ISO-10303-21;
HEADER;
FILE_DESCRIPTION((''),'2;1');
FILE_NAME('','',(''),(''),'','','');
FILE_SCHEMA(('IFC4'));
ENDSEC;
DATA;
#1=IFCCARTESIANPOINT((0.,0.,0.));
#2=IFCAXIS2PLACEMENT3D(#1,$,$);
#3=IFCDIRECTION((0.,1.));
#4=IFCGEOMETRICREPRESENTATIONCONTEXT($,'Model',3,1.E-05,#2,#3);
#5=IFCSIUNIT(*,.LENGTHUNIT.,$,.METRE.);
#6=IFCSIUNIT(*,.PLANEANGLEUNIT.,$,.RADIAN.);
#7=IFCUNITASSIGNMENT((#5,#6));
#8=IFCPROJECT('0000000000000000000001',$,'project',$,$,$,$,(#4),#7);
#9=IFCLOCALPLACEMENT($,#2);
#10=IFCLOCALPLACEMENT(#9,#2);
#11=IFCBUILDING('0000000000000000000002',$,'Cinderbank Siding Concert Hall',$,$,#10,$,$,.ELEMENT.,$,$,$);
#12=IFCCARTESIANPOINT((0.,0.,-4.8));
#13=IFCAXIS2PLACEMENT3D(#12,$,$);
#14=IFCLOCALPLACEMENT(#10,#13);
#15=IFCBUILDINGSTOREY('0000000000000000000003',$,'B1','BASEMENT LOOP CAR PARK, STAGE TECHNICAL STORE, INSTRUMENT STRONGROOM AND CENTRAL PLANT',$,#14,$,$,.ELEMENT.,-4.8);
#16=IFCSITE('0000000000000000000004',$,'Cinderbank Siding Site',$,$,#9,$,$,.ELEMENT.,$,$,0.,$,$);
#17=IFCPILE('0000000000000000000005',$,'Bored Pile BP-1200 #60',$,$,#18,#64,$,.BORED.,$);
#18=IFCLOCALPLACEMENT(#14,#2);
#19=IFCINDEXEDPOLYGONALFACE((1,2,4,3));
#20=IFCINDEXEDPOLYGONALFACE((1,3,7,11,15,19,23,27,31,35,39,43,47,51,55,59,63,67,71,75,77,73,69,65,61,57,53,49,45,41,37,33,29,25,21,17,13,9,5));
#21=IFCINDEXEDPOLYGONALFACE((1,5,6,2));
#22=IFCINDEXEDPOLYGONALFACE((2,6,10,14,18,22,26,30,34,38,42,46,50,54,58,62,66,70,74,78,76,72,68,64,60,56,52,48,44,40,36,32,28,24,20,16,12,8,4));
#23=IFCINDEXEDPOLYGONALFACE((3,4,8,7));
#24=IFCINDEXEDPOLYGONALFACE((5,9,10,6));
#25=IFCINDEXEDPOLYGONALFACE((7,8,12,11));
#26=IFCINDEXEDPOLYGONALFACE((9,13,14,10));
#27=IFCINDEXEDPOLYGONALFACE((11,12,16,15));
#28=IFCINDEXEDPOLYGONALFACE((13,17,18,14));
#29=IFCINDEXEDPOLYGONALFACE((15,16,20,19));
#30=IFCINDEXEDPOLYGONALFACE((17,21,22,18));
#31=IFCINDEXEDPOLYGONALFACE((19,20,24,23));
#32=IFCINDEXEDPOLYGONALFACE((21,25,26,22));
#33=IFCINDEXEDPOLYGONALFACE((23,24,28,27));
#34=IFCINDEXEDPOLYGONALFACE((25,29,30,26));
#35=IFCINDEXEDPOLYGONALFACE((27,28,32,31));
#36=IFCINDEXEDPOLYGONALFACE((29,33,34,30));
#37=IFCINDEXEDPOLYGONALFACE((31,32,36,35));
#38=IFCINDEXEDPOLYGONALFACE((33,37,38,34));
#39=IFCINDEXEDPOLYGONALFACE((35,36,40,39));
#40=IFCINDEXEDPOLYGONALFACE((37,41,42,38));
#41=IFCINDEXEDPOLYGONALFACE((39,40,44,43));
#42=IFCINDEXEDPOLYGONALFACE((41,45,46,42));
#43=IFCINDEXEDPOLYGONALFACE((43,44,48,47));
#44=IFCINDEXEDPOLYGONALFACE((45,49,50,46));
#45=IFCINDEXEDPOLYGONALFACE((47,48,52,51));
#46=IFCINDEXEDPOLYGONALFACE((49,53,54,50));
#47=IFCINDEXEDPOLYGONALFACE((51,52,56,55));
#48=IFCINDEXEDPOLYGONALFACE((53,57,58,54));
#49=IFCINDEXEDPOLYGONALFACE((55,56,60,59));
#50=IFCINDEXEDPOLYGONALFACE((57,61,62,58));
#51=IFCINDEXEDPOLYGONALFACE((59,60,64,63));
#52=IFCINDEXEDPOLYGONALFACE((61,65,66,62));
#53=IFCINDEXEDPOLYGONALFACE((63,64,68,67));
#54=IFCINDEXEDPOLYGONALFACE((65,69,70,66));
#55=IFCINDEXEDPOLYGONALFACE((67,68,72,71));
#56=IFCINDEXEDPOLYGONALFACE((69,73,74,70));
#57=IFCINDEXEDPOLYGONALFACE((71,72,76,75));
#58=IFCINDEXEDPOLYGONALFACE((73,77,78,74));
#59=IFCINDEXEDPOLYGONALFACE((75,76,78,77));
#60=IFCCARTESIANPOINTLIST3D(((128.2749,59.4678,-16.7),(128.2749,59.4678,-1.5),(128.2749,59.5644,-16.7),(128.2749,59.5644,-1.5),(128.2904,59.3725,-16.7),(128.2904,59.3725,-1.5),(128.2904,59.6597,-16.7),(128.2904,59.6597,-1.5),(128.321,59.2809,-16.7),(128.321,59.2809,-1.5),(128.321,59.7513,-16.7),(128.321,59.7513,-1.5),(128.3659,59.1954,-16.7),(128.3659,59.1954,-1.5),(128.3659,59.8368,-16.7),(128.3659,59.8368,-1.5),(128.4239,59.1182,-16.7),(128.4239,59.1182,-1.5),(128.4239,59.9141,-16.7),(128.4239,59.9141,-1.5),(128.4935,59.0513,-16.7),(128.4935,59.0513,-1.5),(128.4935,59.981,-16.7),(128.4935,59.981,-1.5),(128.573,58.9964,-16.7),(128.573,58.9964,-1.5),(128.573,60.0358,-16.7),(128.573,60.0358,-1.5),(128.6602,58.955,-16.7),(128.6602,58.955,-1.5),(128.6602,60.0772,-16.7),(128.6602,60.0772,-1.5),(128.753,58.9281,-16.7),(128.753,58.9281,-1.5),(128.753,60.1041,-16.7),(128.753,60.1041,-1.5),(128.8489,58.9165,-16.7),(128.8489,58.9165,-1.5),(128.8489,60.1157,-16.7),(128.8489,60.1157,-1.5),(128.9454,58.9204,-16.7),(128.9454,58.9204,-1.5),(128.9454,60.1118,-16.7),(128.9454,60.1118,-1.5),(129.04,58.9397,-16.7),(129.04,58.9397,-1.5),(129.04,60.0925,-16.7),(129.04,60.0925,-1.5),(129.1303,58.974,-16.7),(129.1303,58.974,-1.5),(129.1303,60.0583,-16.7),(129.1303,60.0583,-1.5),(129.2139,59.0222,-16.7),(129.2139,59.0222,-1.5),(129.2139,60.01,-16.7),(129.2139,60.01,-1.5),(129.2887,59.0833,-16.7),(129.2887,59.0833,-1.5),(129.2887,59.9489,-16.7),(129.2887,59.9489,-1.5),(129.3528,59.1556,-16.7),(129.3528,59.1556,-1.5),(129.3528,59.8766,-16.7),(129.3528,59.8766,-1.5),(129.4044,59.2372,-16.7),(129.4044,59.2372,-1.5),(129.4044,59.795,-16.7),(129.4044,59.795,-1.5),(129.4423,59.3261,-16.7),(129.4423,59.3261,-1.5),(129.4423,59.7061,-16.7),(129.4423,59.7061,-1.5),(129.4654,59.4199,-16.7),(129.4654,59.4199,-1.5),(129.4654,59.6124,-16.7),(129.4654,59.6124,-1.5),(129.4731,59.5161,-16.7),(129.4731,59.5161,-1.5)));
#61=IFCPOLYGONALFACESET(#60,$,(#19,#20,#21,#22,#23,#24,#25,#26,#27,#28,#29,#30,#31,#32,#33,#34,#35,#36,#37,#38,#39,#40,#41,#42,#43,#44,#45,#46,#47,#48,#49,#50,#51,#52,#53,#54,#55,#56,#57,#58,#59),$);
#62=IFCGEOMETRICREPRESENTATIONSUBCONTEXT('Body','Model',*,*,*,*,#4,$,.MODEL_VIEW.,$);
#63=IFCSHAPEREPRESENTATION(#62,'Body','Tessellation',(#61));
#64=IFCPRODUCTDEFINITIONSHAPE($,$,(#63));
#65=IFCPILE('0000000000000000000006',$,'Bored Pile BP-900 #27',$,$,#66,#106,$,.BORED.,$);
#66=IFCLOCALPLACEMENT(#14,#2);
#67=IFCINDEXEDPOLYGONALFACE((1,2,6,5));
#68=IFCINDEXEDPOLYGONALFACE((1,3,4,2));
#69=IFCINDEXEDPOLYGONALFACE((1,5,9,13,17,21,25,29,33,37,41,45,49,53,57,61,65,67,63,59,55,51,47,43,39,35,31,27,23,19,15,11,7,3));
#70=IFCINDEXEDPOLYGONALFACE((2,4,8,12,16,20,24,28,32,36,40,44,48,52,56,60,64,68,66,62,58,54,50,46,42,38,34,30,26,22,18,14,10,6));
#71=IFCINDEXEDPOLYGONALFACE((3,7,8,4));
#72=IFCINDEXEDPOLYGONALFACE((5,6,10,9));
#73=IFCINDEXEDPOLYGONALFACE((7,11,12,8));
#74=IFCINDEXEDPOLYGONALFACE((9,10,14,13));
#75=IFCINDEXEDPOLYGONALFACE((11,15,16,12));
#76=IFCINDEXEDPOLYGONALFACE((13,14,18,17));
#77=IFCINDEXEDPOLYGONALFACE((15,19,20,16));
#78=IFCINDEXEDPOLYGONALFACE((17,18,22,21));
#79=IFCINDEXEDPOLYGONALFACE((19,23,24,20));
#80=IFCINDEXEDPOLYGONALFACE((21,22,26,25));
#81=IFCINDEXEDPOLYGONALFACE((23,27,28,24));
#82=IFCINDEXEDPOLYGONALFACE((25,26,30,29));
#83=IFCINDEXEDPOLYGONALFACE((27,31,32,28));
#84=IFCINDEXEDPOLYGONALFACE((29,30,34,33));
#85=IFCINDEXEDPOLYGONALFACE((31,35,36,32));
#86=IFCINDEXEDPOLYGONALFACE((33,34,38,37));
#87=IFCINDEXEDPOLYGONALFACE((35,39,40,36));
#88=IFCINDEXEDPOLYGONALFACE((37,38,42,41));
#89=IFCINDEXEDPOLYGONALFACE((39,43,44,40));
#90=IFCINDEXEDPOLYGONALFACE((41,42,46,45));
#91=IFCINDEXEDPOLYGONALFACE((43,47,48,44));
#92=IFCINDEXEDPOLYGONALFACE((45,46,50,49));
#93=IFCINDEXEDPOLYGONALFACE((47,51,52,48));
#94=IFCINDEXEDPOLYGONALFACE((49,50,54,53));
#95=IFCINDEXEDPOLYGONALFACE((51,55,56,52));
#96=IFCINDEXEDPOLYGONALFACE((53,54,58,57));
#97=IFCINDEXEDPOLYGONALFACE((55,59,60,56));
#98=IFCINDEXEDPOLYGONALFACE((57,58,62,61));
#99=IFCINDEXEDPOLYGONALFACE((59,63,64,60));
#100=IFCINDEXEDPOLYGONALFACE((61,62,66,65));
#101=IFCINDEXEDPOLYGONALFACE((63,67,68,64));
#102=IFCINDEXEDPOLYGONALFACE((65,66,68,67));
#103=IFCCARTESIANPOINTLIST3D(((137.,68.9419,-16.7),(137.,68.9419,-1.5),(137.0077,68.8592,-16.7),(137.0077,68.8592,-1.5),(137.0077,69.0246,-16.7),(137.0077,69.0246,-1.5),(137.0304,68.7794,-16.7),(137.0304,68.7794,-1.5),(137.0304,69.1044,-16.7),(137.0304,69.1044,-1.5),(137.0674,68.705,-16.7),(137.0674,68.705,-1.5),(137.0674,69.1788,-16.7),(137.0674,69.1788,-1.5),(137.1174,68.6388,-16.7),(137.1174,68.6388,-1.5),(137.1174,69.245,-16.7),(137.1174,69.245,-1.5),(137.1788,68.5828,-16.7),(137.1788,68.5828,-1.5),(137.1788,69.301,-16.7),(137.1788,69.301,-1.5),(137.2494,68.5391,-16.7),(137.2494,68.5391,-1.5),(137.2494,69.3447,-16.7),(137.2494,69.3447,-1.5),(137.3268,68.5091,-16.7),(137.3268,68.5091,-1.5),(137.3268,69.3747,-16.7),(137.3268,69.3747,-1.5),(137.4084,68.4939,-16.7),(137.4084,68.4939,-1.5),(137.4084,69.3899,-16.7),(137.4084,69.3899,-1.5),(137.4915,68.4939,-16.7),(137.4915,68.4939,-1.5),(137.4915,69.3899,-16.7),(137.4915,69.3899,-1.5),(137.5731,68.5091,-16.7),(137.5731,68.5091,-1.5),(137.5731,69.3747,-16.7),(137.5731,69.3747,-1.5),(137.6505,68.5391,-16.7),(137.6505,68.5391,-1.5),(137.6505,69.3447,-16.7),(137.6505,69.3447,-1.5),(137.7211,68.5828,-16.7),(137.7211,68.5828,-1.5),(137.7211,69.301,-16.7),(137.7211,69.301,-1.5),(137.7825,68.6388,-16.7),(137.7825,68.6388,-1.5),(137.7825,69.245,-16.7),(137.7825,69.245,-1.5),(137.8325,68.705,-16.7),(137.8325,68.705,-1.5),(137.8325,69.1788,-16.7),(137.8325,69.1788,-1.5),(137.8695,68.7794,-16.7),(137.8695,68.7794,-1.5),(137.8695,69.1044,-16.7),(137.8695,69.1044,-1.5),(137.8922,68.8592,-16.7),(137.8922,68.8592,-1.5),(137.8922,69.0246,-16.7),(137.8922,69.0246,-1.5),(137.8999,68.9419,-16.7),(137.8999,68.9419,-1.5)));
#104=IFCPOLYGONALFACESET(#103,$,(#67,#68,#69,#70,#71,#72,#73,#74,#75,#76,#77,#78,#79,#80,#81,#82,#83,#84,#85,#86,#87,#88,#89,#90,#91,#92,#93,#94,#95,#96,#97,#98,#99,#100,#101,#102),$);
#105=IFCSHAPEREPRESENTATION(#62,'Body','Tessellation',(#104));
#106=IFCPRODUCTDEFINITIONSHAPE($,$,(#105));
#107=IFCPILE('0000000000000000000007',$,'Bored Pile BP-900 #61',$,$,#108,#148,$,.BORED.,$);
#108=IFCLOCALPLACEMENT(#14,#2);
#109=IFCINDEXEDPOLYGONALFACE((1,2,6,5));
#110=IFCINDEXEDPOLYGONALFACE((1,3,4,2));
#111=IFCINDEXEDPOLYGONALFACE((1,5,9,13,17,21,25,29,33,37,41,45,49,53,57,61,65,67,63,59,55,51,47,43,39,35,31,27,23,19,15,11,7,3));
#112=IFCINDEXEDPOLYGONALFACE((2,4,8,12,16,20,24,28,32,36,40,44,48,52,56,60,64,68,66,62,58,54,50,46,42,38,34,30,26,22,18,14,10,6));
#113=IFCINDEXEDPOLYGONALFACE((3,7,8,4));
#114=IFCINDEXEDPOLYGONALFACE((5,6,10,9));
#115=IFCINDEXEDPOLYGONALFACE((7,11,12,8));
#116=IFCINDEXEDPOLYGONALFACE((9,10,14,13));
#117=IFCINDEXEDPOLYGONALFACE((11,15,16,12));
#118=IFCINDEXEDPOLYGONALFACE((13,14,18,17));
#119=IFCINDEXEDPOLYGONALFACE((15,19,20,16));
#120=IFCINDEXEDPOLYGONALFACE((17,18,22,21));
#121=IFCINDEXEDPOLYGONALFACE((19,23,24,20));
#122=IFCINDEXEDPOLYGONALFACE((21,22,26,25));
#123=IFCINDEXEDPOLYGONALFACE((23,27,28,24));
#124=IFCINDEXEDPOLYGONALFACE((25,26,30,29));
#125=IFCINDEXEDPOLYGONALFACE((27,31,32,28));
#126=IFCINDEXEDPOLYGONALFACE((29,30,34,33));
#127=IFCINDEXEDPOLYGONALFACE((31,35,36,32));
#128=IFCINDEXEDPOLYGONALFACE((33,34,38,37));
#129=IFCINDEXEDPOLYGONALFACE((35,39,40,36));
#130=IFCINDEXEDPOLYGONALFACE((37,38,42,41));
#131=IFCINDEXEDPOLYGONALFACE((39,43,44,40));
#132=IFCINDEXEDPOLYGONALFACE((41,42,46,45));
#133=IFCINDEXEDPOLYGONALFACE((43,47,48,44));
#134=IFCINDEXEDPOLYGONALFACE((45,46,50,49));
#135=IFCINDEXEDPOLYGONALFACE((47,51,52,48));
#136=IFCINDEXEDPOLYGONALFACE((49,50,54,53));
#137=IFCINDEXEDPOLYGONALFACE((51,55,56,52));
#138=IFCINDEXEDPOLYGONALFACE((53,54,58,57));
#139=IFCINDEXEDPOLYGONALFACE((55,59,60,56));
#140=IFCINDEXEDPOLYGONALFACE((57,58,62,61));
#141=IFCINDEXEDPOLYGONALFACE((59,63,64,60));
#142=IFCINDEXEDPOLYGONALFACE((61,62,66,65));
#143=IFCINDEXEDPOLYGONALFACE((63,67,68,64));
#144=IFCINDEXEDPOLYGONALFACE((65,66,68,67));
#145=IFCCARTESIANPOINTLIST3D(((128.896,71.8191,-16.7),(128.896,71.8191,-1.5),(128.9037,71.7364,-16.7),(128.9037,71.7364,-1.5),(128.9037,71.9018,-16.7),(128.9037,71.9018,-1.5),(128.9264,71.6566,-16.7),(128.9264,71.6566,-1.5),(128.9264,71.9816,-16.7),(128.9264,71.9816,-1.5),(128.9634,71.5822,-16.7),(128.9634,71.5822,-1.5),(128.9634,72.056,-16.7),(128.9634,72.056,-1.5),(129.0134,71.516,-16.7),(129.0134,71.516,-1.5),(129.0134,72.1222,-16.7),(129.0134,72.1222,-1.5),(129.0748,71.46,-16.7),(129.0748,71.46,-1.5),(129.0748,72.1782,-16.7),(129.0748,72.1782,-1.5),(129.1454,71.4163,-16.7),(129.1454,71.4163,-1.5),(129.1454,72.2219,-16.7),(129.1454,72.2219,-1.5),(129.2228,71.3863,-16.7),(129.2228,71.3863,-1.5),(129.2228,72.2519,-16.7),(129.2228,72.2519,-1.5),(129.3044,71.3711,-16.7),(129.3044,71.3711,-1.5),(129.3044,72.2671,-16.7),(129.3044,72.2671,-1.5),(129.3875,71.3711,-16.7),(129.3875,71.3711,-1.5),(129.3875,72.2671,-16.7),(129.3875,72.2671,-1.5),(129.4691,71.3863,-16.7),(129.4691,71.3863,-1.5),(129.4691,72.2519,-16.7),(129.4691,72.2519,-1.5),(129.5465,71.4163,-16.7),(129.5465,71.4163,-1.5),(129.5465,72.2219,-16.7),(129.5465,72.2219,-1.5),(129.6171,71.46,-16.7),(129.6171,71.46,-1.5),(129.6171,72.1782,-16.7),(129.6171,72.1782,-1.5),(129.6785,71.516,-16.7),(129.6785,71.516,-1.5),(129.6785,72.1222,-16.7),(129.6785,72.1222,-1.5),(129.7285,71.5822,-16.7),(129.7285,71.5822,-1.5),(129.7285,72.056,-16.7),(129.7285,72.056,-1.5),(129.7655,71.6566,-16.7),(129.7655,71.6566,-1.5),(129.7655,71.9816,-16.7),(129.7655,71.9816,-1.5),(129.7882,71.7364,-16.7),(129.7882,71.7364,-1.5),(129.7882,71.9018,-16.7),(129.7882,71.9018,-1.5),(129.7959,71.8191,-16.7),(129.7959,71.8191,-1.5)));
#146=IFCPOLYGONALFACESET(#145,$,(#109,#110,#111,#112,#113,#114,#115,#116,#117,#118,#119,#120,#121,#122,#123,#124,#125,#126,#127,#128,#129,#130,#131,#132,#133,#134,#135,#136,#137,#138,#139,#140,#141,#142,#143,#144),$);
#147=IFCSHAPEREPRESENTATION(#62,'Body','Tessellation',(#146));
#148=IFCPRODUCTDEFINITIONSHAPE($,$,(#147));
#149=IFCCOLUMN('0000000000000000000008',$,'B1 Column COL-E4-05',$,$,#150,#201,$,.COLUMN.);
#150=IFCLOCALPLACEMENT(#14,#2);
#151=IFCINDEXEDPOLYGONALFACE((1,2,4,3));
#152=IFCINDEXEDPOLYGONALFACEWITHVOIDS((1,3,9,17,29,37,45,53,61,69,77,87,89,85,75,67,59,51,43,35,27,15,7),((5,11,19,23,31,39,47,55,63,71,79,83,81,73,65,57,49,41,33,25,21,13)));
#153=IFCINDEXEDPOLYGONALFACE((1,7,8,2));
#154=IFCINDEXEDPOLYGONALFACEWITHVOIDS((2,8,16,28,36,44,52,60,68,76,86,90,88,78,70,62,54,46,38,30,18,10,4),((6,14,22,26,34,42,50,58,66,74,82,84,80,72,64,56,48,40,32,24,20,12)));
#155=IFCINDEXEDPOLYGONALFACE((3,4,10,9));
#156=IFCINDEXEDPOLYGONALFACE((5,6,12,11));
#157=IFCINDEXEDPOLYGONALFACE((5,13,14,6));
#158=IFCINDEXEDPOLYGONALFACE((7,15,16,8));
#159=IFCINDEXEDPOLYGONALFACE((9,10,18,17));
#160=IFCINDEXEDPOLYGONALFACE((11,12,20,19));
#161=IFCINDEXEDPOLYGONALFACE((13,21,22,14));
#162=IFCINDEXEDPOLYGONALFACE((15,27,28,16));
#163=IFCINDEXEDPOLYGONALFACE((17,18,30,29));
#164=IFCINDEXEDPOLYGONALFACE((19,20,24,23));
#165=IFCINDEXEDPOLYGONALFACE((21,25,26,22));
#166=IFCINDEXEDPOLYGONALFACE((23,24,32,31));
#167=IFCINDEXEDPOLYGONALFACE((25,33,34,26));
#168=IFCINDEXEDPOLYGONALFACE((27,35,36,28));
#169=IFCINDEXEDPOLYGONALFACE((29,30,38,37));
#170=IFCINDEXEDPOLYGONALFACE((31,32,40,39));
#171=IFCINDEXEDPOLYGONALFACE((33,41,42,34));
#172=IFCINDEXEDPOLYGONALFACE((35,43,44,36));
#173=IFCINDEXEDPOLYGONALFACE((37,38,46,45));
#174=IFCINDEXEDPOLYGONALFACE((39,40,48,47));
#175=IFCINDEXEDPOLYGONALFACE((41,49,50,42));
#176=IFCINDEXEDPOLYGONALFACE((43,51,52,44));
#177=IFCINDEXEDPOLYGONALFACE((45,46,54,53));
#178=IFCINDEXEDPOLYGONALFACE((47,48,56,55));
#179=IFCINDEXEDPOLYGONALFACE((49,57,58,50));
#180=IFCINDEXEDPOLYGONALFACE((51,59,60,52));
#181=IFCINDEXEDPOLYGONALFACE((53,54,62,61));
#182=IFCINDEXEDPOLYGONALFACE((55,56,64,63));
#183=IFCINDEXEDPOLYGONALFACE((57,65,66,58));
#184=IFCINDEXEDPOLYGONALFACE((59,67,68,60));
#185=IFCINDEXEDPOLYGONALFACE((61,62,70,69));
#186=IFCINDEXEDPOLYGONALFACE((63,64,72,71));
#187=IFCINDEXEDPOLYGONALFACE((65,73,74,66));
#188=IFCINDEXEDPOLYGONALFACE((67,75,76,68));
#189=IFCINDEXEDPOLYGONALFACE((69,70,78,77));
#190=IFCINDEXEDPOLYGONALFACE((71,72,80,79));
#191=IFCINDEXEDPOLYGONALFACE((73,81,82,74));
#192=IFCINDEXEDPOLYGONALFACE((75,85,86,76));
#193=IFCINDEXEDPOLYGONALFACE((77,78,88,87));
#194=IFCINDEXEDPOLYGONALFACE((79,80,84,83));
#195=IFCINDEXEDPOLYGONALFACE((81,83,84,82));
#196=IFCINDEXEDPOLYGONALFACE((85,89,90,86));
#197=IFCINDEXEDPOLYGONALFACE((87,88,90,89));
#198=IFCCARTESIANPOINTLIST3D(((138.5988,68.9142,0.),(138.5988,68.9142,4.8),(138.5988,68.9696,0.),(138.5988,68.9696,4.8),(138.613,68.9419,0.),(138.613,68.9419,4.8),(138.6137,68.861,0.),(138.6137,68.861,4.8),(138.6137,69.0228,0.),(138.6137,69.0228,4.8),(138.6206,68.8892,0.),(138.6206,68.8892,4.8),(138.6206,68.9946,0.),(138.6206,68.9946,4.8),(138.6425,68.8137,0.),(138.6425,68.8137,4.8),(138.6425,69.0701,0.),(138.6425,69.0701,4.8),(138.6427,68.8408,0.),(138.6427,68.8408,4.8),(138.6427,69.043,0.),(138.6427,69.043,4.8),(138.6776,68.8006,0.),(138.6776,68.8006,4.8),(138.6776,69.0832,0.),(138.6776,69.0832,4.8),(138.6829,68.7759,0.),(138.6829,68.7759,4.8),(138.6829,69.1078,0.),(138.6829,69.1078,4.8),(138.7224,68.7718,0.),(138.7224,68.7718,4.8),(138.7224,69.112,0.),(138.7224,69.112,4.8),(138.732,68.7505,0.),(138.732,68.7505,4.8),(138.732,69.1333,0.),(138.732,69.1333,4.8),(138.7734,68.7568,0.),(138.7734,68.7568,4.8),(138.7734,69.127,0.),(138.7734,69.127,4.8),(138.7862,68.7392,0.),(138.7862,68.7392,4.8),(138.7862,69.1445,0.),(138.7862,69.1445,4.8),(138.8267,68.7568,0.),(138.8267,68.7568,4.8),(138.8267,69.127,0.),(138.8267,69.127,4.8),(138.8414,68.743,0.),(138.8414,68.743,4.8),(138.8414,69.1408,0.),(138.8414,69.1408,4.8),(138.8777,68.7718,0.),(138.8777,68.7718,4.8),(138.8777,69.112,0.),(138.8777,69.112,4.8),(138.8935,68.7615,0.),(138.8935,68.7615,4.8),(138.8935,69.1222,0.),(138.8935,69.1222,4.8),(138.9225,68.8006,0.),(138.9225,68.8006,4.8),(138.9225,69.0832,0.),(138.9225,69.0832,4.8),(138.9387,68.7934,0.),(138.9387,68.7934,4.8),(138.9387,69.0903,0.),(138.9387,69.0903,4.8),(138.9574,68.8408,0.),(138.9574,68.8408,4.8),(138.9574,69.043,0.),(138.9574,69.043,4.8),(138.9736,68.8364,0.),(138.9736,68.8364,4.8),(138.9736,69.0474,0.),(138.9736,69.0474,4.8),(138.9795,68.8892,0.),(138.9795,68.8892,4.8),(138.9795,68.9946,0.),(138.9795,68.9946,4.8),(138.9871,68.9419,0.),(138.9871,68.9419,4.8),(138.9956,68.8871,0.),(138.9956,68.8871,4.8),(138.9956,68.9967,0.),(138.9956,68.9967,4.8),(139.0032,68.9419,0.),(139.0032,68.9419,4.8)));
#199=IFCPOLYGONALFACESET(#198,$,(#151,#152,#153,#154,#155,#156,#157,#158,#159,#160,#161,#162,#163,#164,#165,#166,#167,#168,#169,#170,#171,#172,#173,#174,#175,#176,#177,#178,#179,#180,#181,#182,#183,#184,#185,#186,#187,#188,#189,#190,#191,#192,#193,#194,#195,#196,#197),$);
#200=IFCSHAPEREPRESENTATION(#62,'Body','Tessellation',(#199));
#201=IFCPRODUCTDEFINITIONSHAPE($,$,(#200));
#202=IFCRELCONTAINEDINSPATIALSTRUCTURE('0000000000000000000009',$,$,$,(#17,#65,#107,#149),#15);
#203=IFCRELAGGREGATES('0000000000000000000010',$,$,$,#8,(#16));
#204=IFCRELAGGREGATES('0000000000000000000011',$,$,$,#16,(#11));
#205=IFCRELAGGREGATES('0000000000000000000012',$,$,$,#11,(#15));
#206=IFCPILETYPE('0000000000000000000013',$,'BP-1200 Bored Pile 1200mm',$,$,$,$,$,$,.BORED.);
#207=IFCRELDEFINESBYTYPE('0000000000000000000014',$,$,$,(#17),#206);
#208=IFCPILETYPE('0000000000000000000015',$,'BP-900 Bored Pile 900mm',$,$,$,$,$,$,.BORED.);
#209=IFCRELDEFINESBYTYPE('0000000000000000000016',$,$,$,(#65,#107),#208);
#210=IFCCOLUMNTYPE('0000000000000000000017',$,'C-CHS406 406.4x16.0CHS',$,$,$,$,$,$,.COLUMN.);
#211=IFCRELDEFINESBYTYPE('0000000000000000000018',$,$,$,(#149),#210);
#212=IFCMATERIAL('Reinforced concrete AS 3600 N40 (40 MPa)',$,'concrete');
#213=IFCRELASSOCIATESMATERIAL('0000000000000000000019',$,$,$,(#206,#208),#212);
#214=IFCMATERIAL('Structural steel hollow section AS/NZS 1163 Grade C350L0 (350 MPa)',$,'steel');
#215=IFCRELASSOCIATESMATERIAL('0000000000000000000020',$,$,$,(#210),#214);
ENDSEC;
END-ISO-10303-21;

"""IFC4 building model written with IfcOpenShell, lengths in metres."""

from ifc_helpers import new_model, si_unit, direction, frame, origin, origin_2d, place, context, subcontext, project, spatial, circle, hollow_circle, extrude, material, material_profile, profile_set, type_object, element, save


model = new_model("IFC4")

# Units and contexts
model_context = context("Model", 3, precision=1e-05, world=origin(), true_north=direction((0.0, 1.0)))
body_context = subcontext(model_context, "Body", "Model", "MODEL_VIEW")
ifc_project = project(units=[si_unit("LENGTHUNIT", "METRE"), si_unit("PLANEANGLEUNIT", "RADIAN")], contexts=[model_context])

# Site, building, storey
site_placement = place(None, origin())
site = spatial("IfcSite", under=ifc_project, at=site_placement, Name="Cinderbank Siding Site", CompositionType="ELEMENT", RefElevation=0.0)
building_placement = place(site_placement, origin())
building = spatial("IfcBuilding", under=site, at=building_placement, Name="Cinderbank Siding Concert Hall", CompositionType="ELEMENT")
storey_placement = place(building_placement, frame((0.0, 0.0, -4.8)))
storey = spatial("IfcBuildingStorey", under=building, at=storey_placement, Name="B1", Description="BASEMENT LOOP CAR PARK, STAGE TECHNICAL STORE, INSTRUMENT STRONGROOM AND CENTRAL PLANT", CompositionType="ELEMENT", Elevation=-4.8)

# Piles
ifc_material_1 = material(Name="Reinforced concrete AS 3600 N40 (40 MPa)", Category="concrete")
ifc_material_profile_1 = material_profile(ifc_material_1, circle(Radius=0.6001, at=origin_2d()), Name="PILE-1200DIA", Category="LoadBearing")
ifc_profile_set_1 = profile_set([ifc_material_profile_1], Name="Reinforced concrete AS 3600 N40 (40 MPa)")
pile_type_1 = type_object("IfcPileType", Name="BP-1200 Bored Pile 1200mm", PredefinedType="BORED", material=ifc_profile_set_1)
for number, where, z_axis, x_axis, name in (
    (1, (128.873, 59.5161, -1.5), (0.0, 0.0, -1.0), (1.0, 0.0, 0.0), "Bored Pile BP-1200 #60"),
):
    element("IfcPile", number, at=place(storey_placement, frame(where, z_axis=z_axis, x_axis=x_axis)), inside=storey, type_object=pile_type_1, Name=name, PredefinedType="BORED", context=body_context, shape_type="SweptSolid", body=[
        extrude(circle(Radius=0.6001, at=origin_2d()), origin(), (0.0, 0.0, 1.0), 15.2),
    ])
ifc_material_profile_2 = material_profile(ifc_material_1, circle(Radius=0.45, at=origin_2d()), Name="PILE-900DIA", Category="LoadBearing")
ifc_profile_set_2 = profile_set([ifc_material_profile_2], Name="Reinforced concrete AS 3600 N40 (40 MPa)")
pile_type_2 = type_object("IfcPileType", Name="BP-900 Bored Pile 900mm", PredefinedType="BORED", material=ifc_profile_set_2)
for number, where, z_axis, x_axis, name in (
    (2, (137.45, 68.9419, -1.5), (0.0, 0.0, -1.0), (1.0, 0.0, 0.0), "Bored Pile BP-900 #27"),
    (3, (129.3459, 71.8191, -1.5), (0.0, 0.0, -1.0), (1.0, 0.0, 0.0), "Bored Pile BP-900 #61"),
):
    element("IfcPile", number, at=place(storey_placement, frame(where, z_axis=z_axis, x_axis=x_axis)), inside=storey, type_object=pile_type_2, Name=name, PredefinedType="BORED", context=body_context, shape_type="SweptSolid", body=[
        extrude(circle(Radius=0.45, at=origin_2d()), origin(), (0.0, 0.0, 1.0), 15.2),
    ])

# Column
ifc_material_2 = material(Name="Structural steel hollow section AS/NZS 1163 Grade C350L0 (350 MPa)", Category="steel")
ifc_material_profile_3 = material_profile(ifc_material_2, hollow_circle(Radius=0.2031, WallThickness=0.0161, at=origin_2d()), Name="406.4x16.0CHS", Category="LoadBearing")
ifc_profile_set_3 = profile_set([ifc_material_profile_3], Name="Structural steel hollow section AS/NZS 1163 Grade C350L0 (350 MPa)")
column_type_1 = type_object("IfcColumnType", Name="C-CHS406 406.4x16.0CHS", PredefinedType="COLUMN", material=ifc_profile_set_3)
for number, where, z_axis, x_axis, name in (
    (4, (138.8, 68.9419, 0.0), (0.0, 0.0, 1.0), (1.0, 0.0, 0.0), "B1 Column COL-E4-05"),
):
    element("IfcColumn", number, at=place(storey_placement, frame(where, z_axis=z_axis, x_axis=x_axis)), inside=storey, type_object=column_type_1, Name=name, PredefinedType="COLUMN", context=body_context, shape_type="SweptSolid", body=[
        extrude(hollow_circle(Radius=0.2031, WallThickness=0.0161, at=origin_2d()), origin(), (0.0, 0.0, 1.0), 4.8),
    ])

save(model, "model.ifc")
